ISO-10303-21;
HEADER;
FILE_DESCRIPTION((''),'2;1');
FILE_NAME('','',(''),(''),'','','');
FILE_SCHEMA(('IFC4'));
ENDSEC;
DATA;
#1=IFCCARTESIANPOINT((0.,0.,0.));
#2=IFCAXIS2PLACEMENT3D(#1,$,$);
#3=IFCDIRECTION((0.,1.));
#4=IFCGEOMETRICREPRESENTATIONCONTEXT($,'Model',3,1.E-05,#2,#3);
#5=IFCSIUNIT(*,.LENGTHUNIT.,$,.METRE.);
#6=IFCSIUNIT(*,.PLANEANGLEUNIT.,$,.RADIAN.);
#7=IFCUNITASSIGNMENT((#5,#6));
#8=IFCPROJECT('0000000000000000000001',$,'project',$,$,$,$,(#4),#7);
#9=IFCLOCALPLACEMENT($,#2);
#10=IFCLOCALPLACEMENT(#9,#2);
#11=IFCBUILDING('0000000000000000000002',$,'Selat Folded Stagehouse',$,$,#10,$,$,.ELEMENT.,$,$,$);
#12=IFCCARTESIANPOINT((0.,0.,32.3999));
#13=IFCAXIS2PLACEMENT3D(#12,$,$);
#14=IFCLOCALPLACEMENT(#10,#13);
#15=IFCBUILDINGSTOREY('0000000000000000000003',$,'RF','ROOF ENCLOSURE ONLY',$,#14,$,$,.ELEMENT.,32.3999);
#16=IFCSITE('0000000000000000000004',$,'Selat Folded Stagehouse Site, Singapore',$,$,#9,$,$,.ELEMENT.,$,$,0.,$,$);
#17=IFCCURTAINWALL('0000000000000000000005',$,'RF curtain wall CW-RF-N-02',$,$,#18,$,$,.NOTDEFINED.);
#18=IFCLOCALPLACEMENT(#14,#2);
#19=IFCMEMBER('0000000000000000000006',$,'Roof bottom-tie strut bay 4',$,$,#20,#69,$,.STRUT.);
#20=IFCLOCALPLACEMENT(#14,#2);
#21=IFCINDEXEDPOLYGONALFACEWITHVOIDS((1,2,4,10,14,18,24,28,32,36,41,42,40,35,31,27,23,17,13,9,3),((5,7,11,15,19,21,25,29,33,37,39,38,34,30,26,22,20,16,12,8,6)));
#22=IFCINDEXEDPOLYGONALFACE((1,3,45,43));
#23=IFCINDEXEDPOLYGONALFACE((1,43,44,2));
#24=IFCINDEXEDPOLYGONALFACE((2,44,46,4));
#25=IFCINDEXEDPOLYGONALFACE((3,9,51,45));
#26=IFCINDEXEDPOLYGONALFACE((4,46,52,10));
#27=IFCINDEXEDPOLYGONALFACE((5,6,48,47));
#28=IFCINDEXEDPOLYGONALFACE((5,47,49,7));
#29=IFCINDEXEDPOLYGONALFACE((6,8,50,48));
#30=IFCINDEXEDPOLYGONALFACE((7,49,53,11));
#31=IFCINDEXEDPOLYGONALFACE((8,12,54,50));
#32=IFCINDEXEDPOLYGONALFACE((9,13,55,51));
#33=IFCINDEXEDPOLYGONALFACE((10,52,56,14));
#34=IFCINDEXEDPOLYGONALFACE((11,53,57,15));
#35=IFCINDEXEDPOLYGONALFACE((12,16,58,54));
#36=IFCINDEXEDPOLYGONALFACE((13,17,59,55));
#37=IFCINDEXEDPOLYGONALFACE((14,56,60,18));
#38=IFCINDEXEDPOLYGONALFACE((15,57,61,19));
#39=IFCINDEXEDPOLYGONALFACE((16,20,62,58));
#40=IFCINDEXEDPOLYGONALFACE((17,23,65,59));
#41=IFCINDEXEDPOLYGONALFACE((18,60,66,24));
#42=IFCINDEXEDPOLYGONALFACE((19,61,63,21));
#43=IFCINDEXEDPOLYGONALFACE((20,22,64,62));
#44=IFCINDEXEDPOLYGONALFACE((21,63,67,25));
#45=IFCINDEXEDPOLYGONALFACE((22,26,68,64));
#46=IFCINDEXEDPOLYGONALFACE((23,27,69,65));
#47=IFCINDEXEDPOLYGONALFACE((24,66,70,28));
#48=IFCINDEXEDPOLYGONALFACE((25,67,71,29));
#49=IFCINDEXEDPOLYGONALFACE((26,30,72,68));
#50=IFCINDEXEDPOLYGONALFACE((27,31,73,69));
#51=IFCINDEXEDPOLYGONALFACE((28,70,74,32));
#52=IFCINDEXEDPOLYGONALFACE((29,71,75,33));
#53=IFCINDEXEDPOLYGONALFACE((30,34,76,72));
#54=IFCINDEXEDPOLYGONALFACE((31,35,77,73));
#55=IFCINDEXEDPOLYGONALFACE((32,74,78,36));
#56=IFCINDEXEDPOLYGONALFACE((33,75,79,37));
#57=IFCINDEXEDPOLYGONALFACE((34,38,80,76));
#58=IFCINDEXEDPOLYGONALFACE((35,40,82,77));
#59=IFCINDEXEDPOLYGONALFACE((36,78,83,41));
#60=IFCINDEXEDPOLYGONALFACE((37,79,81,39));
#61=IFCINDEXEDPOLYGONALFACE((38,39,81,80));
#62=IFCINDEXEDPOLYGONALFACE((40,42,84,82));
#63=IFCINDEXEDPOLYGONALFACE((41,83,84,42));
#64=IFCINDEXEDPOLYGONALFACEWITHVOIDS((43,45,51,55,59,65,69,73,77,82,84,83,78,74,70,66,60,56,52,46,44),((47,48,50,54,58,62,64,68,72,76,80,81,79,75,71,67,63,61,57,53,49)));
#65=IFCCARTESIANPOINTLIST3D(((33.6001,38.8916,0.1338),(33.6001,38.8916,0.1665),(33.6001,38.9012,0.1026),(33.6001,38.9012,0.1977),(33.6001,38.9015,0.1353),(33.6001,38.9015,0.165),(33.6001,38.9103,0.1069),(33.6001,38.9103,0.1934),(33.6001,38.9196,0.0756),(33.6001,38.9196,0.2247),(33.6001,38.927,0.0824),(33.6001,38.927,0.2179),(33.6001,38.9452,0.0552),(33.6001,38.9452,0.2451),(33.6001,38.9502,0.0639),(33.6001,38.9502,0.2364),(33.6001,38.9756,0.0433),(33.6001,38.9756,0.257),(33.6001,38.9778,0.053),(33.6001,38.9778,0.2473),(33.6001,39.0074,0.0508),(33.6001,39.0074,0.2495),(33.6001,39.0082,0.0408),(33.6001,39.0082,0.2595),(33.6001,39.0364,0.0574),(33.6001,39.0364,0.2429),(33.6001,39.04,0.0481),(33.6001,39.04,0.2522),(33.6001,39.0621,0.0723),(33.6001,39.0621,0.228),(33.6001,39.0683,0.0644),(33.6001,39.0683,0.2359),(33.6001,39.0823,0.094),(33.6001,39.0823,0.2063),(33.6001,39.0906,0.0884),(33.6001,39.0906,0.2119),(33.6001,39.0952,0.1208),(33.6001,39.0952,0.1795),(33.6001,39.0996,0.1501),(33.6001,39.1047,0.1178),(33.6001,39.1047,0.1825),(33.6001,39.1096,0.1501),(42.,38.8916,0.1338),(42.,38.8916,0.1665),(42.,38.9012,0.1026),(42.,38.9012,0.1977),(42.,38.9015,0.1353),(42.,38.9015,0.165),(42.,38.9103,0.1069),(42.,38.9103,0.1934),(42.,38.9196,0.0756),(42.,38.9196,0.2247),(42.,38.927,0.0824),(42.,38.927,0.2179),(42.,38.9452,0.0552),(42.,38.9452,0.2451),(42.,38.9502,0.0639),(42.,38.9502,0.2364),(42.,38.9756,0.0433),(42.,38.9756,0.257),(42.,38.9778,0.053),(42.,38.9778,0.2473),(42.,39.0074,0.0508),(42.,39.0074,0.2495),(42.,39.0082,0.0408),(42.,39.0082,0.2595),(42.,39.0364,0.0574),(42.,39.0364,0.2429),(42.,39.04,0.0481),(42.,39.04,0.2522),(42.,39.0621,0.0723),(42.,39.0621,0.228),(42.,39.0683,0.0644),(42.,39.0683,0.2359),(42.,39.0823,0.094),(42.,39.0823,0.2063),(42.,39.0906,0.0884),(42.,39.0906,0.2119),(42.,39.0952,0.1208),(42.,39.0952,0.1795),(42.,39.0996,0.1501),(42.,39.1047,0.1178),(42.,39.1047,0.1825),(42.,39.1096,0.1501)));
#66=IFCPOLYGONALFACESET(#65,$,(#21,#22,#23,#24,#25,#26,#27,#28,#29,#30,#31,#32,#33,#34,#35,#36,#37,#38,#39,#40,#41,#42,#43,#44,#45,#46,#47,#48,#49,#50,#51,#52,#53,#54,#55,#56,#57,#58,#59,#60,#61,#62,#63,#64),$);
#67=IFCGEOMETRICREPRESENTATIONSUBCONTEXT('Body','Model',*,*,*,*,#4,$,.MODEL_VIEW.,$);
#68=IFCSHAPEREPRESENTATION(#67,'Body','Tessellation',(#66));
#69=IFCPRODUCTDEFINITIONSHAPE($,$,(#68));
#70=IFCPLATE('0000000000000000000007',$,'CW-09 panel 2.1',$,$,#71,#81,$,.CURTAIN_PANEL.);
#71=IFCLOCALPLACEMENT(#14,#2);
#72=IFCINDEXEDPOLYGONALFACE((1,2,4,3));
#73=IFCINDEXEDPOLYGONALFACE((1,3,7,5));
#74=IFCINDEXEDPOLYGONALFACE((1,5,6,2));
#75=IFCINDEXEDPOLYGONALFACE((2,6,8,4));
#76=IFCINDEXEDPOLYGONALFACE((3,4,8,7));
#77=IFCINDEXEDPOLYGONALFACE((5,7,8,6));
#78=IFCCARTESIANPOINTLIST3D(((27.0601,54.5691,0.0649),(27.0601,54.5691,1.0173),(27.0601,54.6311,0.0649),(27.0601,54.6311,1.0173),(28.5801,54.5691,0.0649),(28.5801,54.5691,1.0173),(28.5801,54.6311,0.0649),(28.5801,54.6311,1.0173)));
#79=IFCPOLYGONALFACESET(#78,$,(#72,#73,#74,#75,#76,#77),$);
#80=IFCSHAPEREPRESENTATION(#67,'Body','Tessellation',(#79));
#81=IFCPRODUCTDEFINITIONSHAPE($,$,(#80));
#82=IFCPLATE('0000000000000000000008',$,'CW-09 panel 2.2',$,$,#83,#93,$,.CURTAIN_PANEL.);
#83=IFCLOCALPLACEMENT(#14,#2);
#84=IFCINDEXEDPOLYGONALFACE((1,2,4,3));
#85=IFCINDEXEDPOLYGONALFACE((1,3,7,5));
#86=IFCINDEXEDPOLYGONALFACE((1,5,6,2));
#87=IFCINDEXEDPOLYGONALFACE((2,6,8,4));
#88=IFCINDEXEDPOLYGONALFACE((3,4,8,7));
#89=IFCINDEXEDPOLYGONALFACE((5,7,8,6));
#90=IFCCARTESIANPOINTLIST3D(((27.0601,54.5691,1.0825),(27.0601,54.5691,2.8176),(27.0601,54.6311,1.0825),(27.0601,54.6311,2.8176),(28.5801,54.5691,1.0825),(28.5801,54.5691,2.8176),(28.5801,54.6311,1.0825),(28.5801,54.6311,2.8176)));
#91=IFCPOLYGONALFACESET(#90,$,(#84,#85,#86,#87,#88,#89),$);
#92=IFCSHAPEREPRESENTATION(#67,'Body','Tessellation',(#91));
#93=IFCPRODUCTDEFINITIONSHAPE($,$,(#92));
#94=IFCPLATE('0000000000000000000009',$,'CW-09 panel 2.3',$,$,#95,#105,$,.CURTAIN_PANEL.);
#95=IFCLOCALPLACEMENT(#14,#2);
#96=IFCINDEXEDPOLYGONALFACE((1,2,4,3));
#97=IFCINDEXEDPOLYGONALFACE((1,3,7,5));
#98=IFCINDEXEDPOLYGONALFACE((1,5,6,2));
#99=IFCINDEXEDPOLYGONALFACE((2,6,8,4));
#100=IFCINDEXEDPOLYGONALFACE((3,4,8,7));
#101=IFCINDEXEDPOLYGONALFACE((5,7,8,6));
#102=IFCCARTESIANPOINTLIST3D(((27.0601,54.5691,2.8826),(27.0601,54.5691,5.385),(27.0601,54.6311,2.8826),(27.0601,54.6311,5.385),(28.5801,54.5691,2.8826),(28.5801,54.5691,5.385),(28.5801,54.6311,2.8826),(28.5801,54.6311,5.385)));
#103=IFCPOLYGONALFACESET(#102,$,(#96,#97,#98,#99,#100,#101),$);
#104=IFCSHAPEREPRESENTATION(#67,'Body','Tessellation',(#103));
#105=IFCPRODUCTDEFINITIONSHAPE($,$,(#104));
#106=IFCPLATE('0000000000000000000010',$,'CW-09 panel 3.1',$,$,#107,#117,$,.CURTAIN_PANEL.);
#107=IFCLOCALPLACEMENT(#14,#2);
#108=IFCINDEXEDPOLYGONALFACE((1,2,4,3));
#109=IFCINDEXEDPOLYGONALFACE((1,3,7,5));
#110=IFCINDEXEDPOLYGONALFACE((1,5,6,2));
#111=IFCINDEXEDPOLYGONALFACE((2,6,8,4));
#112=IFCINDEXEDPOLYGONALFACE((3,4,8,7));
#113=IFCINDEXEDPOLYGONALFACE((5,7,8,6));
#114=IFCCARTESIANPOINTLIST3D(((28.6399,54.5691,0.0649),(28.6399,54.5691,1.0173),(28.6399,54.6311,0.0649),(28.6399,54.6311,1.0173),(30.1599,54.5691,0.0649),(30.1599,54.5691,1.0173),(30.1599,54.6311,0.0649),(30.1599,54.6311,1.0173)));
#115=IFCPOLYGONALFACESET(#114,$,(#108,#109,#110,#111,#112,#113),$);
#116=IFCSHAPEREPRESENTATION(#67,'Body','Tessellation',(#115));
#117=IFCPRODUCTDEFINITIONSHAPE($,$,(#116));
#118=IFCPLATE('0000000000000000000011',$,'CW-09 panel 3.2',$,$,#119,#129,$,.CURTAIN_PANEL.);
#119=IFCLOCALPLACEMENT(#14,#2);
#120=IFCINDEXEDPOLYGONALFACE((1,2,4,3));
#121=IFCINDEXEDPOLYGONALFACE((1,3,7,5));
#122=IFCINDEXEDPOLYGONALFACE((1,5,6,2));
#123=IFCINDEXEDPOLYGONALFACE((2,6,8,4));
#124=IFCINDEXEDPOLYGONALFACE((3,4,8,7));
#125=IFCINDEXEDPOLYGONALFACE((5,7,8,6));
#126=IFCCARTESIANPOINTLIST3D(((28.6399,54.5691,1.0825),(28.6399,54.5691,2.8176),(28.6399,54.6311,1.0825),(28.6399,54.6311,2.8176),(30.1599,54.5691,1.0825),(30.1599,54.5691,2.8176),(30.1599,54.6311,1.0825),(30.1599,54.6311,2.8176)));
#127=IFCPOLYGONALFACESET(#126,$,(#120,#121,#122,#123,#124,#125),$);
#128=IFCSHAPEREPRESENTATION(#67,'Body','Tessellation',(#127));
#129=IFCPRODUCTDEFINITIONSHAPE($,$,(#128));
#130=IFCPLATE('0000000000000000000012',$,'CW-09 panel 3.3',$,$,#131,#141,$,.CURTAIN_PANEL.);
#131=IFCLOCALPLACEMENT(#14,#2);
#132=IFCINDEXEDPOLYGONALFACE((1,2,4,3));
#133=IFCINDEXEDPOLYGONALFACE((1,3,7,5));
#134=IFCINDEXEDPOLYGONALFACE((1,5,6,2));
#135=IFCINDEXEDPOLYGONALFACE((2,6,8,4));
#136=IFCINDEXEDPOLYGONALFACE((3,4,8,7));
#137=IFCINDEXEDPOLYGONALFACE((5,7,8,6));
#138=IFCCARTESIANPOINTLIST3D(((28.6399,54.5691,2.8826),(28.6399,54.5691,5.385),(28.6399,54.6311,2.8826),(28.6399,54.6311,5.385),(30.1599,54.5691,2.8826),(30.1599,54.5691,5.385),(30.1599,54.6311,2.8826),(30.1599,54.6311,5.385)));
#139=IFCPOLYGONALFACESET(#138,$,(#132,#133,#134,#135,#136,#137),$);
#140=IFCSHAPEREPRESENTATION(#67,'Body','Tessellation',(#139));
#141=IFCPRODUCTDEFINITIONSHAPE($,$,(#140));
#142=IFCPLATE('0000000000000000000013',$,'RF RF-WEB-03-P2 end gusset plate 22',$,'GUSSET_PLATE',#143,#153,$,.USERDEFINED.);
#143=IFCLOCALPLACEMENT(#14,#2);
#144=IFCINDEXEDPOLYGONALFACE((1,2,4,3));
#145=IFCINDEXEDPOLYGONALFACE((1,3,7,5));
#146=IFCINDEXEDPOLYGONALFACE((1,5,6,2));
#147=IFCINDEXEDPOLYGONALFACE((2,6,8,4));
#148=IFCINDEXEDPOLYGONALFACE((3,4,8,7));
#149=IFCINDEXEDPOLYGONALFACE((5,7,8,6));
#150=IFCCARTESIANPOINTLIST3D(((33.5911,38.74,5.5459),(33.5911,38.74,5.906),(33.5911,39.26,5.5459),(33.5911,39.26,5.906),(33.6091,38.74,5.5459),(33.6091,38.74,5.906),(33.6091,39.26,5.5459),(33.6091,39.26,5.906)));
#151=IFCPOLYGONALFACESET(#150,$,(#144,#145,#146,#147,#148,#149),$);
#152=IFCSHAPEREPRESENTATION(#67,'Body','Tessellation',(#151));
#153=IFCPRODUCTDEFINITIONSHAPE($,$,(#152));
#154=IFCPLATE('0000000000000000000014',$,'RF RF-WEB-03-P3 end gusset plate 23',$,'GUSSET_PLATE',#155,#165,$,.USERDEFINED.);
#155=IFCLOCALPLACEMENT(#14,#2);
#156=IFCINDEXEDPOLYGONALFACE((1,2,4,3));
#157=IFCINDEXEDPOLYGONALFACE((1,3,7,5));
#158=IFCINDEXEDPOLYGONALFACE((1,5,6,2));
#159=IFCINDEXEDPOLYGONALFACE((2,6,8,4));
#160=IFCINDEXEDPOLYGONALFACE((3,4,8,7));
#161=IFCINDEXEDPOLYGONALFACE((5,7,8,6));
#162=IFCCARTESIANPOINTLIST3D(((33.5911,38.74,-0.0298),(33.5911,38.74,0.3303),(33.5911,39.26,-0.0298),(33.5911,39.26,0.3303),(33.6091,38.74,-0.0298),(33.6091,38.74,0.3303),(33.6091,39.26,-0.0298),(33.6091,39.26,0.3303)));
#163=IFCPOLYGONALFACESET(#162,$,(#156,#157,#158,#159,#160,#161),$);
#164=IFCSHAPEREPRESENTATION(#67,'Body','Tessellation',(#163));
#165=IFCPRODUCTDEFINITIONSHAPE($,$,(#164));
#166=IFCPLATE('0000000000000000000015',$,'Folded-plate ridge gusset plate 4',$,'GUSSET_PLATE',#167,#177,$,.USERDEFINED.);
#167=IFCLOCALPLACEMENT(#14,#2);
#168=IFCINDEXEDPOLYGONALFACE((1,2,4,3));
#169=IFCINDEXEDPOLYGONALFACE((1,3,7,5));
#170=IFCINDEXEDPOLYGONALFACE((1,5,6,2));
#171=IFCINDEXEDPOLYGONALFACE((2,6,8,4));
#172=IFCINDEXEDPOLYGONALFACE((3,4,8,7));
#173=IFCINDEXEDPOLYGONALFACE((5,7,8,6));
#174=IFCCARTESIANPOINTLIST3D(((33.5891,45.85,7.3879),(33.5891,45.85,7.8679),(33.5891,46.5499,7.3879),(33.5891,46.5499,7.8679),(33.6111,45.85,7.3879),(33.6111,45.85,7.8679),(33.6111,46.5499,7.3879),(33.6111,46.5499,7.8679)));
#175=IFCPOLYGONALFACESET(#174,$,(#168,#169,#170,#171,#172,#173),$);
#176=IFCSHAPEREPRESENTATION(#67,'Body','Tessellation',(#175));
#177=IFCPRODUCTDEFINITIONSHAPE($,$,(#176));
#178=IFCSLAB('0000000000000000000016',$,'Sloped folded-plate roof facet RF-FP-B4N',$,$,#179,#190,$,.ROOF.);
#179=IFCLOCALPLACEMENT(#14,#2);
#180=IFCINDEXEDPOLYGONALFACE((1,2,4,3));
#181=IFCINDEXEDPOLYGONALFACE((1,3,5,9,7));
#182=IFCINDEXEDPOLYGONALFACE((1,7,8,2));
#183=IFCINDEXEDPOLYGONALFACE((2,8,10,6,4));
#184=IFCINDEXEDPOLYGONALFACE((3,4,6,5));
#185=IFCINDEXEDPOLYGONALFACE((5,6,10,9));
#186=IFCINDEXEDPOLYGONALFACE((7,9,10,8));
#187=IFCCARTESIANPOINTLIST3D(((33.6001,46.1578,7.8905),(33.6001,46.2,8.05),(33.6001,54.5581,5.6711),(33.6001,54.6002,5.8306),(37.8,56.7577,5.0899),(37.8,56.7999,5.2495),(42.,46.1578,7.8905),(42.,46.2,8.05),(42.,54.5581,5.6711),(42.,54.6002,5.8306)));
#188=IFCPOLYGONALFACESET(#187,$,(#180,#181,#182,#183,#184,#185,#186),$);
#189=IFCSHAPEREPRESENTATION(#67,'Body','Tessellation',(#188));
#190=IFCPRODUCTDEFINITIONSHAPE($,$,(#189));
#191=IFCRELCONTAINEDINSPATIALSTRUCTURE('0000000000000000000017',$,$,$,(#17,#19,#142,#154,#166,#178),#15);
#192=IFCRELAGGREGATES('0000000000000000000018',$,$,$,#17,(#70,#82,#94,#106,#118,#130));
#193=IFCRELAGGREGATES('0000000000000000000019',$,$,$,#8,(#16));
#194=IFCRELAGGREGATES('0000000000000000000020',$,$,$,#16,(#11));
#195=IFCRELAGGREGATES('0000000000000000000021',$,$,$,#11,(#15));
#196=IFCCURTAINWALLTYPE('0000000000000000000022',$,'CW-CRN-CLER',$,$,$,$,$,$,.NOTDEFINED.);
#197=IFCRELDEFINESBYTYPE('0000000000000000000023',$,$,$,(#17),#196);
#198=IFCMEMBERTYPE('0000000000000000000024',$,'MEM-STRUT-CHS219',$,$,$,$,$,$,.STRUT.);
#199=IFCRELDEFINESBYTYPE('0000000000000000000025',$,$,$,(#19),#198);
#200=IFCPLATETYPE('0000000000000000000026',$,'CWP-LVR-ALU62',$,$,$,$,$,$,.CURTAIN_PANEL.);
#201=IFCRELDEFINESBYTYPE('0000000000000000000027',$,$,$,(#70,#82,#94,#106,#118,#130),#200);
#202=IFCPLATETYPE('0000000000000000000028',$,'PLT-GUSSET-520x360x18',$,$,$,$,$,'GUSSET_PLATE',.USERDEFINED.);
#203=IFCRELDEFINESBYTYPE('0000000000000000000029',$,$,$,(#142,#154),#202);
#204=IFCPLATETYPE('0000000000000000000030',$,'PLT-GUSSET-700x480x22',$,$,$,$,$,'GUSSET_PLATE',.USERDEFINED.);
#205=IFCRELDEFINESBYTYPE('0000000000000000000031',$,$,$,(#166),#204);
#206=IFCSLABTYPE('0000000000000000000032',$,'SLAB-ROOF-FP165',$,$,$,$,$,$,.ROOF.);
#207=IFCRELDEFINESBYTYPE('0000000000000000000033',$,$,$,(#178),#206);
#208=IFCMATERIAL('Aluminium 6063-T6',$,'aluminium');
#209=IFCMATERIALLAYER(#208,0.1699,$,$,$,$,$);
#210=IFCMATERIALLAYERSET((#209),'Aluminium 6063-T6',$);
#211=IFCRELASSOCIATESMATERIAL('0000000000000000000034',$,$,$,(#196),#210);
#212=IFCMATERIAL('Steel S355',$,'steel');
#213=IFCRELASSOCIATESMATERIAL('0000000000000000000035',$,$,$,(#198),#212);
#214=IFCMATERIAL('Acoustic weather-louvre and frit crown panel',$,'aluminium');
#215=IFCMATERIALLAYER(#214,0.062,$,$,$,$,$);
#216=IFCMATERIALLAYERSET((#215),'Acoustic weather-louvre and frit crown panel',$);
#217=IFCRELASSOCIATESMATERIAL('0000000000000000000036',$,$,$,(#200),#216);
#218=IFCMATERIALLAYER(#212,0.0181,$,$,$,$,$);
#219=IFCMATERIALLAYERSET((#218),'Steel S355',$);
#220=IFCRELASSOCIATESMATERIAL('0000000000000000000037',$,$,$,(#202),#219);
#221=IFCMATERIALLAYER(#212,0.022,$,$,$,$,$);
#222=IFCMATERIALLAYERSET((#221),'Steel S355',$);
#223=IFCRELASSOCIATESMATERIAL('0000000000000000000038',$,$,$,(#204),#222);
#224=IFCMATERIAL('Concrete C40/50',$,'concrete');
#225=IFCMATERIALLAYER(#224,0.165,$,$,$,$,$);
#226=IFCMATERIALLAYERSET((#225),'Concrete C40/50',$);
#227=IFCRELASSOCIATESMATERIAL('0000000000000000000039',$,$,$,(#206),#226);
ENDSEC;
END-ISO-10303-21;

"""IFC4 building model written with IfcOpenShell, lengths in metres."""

from ifc_helpers import new_model, si_unit, direction, frame, origin, origin_2d, place, context, subcontext, project, spatial, polyline, rectangle, hollow_circle, outline, extrude, material, layer, layer_set, material_profile, profile_set, type_object, element, aggregate, save


model = new_model("IFC4")

# Units and contexts
model_context = context("Model", 3, precision=1e-05, world=origin(), true_north=direction((0.0, 1.0)))
body_context = subcontext(model_context, "Body", "Model", "MODEL_VIEW")
ifc_project = project(units=[si_unit("LENGTHUNIT", "METRE"), si_unit("PLANEANGLEUNIT", "RADIAN")], contexts=[model_context])

# Site, building, storey
site_placement = place(None, origin())
site = spatial("IfcSite", under=ifc_project, at=site_placement, Name="Selat Folded Stagehouse Site, Singapore", CompositionType="ELEMENT", RefElevation=0.0)
building_placement = place(site_placement, origin())
building = spatial("IfcBuilding", under=site, at=building_placement, Name="Selat Folded Stagehouse", CompositionType="ELEMENT")
storey_placement = place(building_placement, frame((0.0, 0.0, 32.3999)))
storey = spatial("IfcBuildingStorey", under=building, at=storey_placement, Name="RF", Description="ROOF ENCLOSURE ONLY", CompositionType="ELEMENT", Elevation=32.3999)

# Shared definitions
ifc_material_1 = material(Name="Steel S355", Category="steel")

# Curtain wall
ifc_material_2 = material(Name="Aluminium 6063-T6", Category="aluminium")
ifc_layer_1 = layer(ifc_material_2, 0.1699)
ifc_layer_set_1 = layer_set([ifc_layer_1], Name="Aluminium 6063-T6")
curtain_wall_type = type_object("IfcCurtainWallType", Name="CW-CRN-CLER", PredefinedType="NOTDEFINED", material=ifc_layer_set_1)
curtain_wall_placement = place(storey_placement, origin())
curtain_wall = element("IfcCurtainWall", 1, at=curtain_wall_placement, inside=storey, type_object=curtain_wall_type, Name="RF curtain wall CW-RF-N-02", PredefinedType="NOTDEFINED")

# Member
ifc_material_profile_1 = material_profile(ifc_material_1, hollow_circle(Radius=0.1096, WallThickness=0.01, at=origin_2d()), Name="CHS 219.1x10.0")
ifc_profile_set_1 = profile_set([ifc_material_profile_1], Name="Steel S355")
member_type_1 = type_object("IfcMemberType", Name="MEM-STRUT-CHS219", PredefinedType="STRUT", material=ifc_profile_set_1)
member_1_placement = place(storey_placement, frame((33.6001, 39.0, 0.1501), z_axis=(1.0, 0.0, 0.0), x_axis=(0.0, 1.0, 0.0)))
element("IfcMember", 2, at=member_1_placement, inside=storey, type_object=member_type_1, Name="Roof bottom-tie strut bay 4", PredefinedType="STRUT", context=body_context, shape_type="SweptSolid", body=[
    extrude(hollow_circle(Radius=0.1096, WallThickness=0.01, at=origin_2d()), origin(), (0.0, 0.0, 1.0), 8.3999),
])

# Plates
ifc_material_3 = material(Name="Acoustic weather-louvre and frit crown panel", Category="aluminium")
ifc_layer_2 = layer(ifc_material_3, 0.062)
ifc_layer_set_2 = layer_set([ifc_layer_2], Name="Acoustic weather-louvre and frit crown panel")
plate_type_1 = type_object("IfcPlateType", Name="CWP-LVR-ALU62", PredefinedType="CURTAIN_PANEL", material=ifc_layer_set_2)
plate_1_placement = place(storey_placement, frame((27.8201, 54.6001, 0.0649), z_axis=(0.0, 0.0, 1.0), x_axis=(1.0, 0.0, 0.0)))
plate_1 = element("IfcPlate", 3, at=plate_1_placement, type_object=plate_type_1, Name="CW-09 panel 2.1", PredefinedType="CURTAIN_PANEL", context=body_context, shape_type="SweptSolid", body=[
    extrude(rectangle(XDim=1.52, YDim=0.062, at=origin_2d()), origin(), (0.0, 0.0, 1.0), 0.9524),
])
plate_2_placement = place(storey_placement, frame((27.8201, 54.6001, 1.0825), z_axis=(0.0, 0.0, 1.0), x_axis=(1.0, 0.0, 0.0)))
plate_2 = element("IfcPlate", 4, at=plate_2_placement, type_object=plate_type_1, Name="CW-09 panel 2.2", PredefinedType="CURTAIN_PANEL", context=body_context, shape_type="SweptSolid", body=[
    extrude(rectangle(XDim=1.52, YDim=0.062, at=origin_2d()), origin(), (0.0, 0.0, 1.0), 1.7351),
])
plate_3_placement = place(storey_placement, frame((27.8201, 54.6001, 2.8826), z_axis=(0.0, 0.0, 1.0), x_axis=(1.0, 0.0, 0.0)))
plate_3 = element("IfcPlate", 5, at=plate_3_placement, type_object=plate_type_1, Name="CW-09 panel 2.3", PredefinedType="CURTAIN_PANEL", context=body_context, shape_type="SweptSolid", body=[
    extrude(rectangle(XDim=1.52, YDim=0.062, at=origin_2d()), origin(), (0.0, 0.0, 1.0), 2.5024),
])
plate_4_placement = place(storey_placement, frame((29.3999, 54.6001, 0.0649), z_axis=(0.0, 0.0, 1.0), x_axis=(1.0, 0.0, 0.0)))
plate_4 = element("IfcPlate", 6, at=plate_4_placement, type_object=plate_type_1, Name="CW-09 panel 3.1", PredefinedType="CURTAIN_PANEL", context=body_context, shape_type="SweptSolid", body=[
    extrude(rectangle(XDim=1.52, YDim=0.062, at=origin_2d()), origin(), (0.0, 0.0, 1.0), 0.9524),
])
plate_5_placement = place(storey_placement, frame((29.3999, 54.6001, 1.0825), z_axis=(0.0, 0.0, 1.0), x_axis=(1.0, 0.0, 0.0)))
plate_5 = element("IfcPlate", 7, at=plate_5_placement, type_object=plate_type_1, Name="CW-09 panel 3.2", PredefinedType="CURTAIN_PANEL", context=body_context, shape_type="SweptSolid", body=[
    extrude(rectangle(XDim=1.52, YDim=0.062, at=origin_2d()), origin(), (0.0, 0.0, 1.0), 1.7351),
])
plate_6_placement = place(storey_placement, frame((29.3999, 54.6001, 2.8826), z_axis=(0.0, 0.0, 1.0), x_axis=(1.0, 0.0, 0.0)))
plate_6 = element("IfcPlate", 8, at=plate_6_placement, type_object=plate_type_1, Name="CW-09 panel 3.3", PredefinedType="CURTAIN_PANEL", context=body_context, shape_type="SweptSolid", body=[
    extrude(rectangle(XDim=1.52, YDim=0.062, at=origin_2d()), origin(), (0.0, 0.0, 1.0), 2.5024),
])
aggregate(curtain_wall, [plate_1, plate_2, plate_3, plate_4, plate_5, plate_6])

# Plates
ifc_layer_3 = layer(ifc_material_1, 0.0181)
ifc_layer_set_3 = layer_set([ifc_layer_3], Name="Steel S355")
plate_type_2 = type_object("IfcPlateType", Name="PLT-GUSSET-520x360x18", ElementType="GUSSET_PLATE", PredefinedType="USERDEFINED", material=ifc_layer_set_3)
for number, where, z_axis, x_axis, name in (
    (9, (33.6001, 39.0, 5.5459), (0.0, 0.0, 1.0), (0.0, 1.0, 0.0), "RF RF-WEB-03-P2 end gusset plate 22"),
    (10, (33.6001, 39.0, -0.0298), (0.0, 0.0, 1.0), (0.0, 1.0, 0.0), "RF RF-WEB-03-P3 end gusset plate 23"),
):
    element("IfcPlate", number, at=place(storey_placement, frame(where, z_axis=z_axis, x_axis=x_axis)), inside=storey, type_object=plate_type_2, Name=name, ObjectType="GUSSET_PLATE", PredefinedType="USERDEFINED", context=body_context, shape_type="SweptSolid", body=[
        extrude(rectangle(XDim=0.52, YDim=0.0181, at=origin_2d()), origin(), (0.0, 0.0, 1.0), 0.3601),
    ])
ifc_layer_4 = layer(ifc_material_1, 0.022)
ifc_layer_set_4 = layer_set([ifc_layer_4], Name="Steel S355")
plate_type_3 = type_object("IfcPlateType", Name="PLT-GUSSET-700x480x22", ElementType="GUSSET_PLATE", PredefinedType="USERDEFINED", material=ifc_layer_set_4)
plate_7_placement = place(storey_placement, frame((33.6001, 46.2, 7.3879), z_axis=(0.0, 0.0, 1.0), x_axis=(1.0, 0.0, 0.0)))
element("IfcPlate", 11, at=plate_7_placement, inside=storey, type_object=plate_type_3, Name="Folded-plate ridge gusset plate 4", ObjectType="GUSSET_PLATE", PredefinedType="USERDEFINED", context=body_context, shape_type="SweptSolid", body=[
    extrude(rectangle(XDim=0.022, YDim=0.7, at=origin_2d()), origin(), (0.0, 0.0, 1.0), 0.48),
])

# Slab
ifc_material_4 = material(Name="Concrete C40/50", Category="concrete")
ifc_layer_5 = layer(ifc_material_4, 0.165)
ifc_layer_set_5 = layer_set([ifc_layer_5], Name="Concrete C40/50")
slab_type = type_object("IfcSlabType", Name="SLAB-ROOF-FP165", PredefinedType="ROOF", material=ifc_layer_set_5)
slab_placement = place(storey_placement, frame((33.6001, 46.2, 8.05), z_axis=(0.0, 0.255443, 0.966824), x_axis=(1.0, 0.0, 0.0)))
element("IfcSlab", 12, at=slab_placement, inside=storey, type_object=slab_type, Name="Sloped folded-plate roof facet RF-FP-B4N", PredefinedType="ROOF", context=body_context, shape_type="SweptSolid", body=[
    extrude(outline(polyline([(0.0, 0.0), (8.3999, 0.0), (8.3999, 8.6885), (4.2, 10.9637), (0.0, 8.6885), (0.0, 0.0)])), origin(), (0.0, 0.0, -1.0), 0.165),
])

save(model, "model.ifc")
